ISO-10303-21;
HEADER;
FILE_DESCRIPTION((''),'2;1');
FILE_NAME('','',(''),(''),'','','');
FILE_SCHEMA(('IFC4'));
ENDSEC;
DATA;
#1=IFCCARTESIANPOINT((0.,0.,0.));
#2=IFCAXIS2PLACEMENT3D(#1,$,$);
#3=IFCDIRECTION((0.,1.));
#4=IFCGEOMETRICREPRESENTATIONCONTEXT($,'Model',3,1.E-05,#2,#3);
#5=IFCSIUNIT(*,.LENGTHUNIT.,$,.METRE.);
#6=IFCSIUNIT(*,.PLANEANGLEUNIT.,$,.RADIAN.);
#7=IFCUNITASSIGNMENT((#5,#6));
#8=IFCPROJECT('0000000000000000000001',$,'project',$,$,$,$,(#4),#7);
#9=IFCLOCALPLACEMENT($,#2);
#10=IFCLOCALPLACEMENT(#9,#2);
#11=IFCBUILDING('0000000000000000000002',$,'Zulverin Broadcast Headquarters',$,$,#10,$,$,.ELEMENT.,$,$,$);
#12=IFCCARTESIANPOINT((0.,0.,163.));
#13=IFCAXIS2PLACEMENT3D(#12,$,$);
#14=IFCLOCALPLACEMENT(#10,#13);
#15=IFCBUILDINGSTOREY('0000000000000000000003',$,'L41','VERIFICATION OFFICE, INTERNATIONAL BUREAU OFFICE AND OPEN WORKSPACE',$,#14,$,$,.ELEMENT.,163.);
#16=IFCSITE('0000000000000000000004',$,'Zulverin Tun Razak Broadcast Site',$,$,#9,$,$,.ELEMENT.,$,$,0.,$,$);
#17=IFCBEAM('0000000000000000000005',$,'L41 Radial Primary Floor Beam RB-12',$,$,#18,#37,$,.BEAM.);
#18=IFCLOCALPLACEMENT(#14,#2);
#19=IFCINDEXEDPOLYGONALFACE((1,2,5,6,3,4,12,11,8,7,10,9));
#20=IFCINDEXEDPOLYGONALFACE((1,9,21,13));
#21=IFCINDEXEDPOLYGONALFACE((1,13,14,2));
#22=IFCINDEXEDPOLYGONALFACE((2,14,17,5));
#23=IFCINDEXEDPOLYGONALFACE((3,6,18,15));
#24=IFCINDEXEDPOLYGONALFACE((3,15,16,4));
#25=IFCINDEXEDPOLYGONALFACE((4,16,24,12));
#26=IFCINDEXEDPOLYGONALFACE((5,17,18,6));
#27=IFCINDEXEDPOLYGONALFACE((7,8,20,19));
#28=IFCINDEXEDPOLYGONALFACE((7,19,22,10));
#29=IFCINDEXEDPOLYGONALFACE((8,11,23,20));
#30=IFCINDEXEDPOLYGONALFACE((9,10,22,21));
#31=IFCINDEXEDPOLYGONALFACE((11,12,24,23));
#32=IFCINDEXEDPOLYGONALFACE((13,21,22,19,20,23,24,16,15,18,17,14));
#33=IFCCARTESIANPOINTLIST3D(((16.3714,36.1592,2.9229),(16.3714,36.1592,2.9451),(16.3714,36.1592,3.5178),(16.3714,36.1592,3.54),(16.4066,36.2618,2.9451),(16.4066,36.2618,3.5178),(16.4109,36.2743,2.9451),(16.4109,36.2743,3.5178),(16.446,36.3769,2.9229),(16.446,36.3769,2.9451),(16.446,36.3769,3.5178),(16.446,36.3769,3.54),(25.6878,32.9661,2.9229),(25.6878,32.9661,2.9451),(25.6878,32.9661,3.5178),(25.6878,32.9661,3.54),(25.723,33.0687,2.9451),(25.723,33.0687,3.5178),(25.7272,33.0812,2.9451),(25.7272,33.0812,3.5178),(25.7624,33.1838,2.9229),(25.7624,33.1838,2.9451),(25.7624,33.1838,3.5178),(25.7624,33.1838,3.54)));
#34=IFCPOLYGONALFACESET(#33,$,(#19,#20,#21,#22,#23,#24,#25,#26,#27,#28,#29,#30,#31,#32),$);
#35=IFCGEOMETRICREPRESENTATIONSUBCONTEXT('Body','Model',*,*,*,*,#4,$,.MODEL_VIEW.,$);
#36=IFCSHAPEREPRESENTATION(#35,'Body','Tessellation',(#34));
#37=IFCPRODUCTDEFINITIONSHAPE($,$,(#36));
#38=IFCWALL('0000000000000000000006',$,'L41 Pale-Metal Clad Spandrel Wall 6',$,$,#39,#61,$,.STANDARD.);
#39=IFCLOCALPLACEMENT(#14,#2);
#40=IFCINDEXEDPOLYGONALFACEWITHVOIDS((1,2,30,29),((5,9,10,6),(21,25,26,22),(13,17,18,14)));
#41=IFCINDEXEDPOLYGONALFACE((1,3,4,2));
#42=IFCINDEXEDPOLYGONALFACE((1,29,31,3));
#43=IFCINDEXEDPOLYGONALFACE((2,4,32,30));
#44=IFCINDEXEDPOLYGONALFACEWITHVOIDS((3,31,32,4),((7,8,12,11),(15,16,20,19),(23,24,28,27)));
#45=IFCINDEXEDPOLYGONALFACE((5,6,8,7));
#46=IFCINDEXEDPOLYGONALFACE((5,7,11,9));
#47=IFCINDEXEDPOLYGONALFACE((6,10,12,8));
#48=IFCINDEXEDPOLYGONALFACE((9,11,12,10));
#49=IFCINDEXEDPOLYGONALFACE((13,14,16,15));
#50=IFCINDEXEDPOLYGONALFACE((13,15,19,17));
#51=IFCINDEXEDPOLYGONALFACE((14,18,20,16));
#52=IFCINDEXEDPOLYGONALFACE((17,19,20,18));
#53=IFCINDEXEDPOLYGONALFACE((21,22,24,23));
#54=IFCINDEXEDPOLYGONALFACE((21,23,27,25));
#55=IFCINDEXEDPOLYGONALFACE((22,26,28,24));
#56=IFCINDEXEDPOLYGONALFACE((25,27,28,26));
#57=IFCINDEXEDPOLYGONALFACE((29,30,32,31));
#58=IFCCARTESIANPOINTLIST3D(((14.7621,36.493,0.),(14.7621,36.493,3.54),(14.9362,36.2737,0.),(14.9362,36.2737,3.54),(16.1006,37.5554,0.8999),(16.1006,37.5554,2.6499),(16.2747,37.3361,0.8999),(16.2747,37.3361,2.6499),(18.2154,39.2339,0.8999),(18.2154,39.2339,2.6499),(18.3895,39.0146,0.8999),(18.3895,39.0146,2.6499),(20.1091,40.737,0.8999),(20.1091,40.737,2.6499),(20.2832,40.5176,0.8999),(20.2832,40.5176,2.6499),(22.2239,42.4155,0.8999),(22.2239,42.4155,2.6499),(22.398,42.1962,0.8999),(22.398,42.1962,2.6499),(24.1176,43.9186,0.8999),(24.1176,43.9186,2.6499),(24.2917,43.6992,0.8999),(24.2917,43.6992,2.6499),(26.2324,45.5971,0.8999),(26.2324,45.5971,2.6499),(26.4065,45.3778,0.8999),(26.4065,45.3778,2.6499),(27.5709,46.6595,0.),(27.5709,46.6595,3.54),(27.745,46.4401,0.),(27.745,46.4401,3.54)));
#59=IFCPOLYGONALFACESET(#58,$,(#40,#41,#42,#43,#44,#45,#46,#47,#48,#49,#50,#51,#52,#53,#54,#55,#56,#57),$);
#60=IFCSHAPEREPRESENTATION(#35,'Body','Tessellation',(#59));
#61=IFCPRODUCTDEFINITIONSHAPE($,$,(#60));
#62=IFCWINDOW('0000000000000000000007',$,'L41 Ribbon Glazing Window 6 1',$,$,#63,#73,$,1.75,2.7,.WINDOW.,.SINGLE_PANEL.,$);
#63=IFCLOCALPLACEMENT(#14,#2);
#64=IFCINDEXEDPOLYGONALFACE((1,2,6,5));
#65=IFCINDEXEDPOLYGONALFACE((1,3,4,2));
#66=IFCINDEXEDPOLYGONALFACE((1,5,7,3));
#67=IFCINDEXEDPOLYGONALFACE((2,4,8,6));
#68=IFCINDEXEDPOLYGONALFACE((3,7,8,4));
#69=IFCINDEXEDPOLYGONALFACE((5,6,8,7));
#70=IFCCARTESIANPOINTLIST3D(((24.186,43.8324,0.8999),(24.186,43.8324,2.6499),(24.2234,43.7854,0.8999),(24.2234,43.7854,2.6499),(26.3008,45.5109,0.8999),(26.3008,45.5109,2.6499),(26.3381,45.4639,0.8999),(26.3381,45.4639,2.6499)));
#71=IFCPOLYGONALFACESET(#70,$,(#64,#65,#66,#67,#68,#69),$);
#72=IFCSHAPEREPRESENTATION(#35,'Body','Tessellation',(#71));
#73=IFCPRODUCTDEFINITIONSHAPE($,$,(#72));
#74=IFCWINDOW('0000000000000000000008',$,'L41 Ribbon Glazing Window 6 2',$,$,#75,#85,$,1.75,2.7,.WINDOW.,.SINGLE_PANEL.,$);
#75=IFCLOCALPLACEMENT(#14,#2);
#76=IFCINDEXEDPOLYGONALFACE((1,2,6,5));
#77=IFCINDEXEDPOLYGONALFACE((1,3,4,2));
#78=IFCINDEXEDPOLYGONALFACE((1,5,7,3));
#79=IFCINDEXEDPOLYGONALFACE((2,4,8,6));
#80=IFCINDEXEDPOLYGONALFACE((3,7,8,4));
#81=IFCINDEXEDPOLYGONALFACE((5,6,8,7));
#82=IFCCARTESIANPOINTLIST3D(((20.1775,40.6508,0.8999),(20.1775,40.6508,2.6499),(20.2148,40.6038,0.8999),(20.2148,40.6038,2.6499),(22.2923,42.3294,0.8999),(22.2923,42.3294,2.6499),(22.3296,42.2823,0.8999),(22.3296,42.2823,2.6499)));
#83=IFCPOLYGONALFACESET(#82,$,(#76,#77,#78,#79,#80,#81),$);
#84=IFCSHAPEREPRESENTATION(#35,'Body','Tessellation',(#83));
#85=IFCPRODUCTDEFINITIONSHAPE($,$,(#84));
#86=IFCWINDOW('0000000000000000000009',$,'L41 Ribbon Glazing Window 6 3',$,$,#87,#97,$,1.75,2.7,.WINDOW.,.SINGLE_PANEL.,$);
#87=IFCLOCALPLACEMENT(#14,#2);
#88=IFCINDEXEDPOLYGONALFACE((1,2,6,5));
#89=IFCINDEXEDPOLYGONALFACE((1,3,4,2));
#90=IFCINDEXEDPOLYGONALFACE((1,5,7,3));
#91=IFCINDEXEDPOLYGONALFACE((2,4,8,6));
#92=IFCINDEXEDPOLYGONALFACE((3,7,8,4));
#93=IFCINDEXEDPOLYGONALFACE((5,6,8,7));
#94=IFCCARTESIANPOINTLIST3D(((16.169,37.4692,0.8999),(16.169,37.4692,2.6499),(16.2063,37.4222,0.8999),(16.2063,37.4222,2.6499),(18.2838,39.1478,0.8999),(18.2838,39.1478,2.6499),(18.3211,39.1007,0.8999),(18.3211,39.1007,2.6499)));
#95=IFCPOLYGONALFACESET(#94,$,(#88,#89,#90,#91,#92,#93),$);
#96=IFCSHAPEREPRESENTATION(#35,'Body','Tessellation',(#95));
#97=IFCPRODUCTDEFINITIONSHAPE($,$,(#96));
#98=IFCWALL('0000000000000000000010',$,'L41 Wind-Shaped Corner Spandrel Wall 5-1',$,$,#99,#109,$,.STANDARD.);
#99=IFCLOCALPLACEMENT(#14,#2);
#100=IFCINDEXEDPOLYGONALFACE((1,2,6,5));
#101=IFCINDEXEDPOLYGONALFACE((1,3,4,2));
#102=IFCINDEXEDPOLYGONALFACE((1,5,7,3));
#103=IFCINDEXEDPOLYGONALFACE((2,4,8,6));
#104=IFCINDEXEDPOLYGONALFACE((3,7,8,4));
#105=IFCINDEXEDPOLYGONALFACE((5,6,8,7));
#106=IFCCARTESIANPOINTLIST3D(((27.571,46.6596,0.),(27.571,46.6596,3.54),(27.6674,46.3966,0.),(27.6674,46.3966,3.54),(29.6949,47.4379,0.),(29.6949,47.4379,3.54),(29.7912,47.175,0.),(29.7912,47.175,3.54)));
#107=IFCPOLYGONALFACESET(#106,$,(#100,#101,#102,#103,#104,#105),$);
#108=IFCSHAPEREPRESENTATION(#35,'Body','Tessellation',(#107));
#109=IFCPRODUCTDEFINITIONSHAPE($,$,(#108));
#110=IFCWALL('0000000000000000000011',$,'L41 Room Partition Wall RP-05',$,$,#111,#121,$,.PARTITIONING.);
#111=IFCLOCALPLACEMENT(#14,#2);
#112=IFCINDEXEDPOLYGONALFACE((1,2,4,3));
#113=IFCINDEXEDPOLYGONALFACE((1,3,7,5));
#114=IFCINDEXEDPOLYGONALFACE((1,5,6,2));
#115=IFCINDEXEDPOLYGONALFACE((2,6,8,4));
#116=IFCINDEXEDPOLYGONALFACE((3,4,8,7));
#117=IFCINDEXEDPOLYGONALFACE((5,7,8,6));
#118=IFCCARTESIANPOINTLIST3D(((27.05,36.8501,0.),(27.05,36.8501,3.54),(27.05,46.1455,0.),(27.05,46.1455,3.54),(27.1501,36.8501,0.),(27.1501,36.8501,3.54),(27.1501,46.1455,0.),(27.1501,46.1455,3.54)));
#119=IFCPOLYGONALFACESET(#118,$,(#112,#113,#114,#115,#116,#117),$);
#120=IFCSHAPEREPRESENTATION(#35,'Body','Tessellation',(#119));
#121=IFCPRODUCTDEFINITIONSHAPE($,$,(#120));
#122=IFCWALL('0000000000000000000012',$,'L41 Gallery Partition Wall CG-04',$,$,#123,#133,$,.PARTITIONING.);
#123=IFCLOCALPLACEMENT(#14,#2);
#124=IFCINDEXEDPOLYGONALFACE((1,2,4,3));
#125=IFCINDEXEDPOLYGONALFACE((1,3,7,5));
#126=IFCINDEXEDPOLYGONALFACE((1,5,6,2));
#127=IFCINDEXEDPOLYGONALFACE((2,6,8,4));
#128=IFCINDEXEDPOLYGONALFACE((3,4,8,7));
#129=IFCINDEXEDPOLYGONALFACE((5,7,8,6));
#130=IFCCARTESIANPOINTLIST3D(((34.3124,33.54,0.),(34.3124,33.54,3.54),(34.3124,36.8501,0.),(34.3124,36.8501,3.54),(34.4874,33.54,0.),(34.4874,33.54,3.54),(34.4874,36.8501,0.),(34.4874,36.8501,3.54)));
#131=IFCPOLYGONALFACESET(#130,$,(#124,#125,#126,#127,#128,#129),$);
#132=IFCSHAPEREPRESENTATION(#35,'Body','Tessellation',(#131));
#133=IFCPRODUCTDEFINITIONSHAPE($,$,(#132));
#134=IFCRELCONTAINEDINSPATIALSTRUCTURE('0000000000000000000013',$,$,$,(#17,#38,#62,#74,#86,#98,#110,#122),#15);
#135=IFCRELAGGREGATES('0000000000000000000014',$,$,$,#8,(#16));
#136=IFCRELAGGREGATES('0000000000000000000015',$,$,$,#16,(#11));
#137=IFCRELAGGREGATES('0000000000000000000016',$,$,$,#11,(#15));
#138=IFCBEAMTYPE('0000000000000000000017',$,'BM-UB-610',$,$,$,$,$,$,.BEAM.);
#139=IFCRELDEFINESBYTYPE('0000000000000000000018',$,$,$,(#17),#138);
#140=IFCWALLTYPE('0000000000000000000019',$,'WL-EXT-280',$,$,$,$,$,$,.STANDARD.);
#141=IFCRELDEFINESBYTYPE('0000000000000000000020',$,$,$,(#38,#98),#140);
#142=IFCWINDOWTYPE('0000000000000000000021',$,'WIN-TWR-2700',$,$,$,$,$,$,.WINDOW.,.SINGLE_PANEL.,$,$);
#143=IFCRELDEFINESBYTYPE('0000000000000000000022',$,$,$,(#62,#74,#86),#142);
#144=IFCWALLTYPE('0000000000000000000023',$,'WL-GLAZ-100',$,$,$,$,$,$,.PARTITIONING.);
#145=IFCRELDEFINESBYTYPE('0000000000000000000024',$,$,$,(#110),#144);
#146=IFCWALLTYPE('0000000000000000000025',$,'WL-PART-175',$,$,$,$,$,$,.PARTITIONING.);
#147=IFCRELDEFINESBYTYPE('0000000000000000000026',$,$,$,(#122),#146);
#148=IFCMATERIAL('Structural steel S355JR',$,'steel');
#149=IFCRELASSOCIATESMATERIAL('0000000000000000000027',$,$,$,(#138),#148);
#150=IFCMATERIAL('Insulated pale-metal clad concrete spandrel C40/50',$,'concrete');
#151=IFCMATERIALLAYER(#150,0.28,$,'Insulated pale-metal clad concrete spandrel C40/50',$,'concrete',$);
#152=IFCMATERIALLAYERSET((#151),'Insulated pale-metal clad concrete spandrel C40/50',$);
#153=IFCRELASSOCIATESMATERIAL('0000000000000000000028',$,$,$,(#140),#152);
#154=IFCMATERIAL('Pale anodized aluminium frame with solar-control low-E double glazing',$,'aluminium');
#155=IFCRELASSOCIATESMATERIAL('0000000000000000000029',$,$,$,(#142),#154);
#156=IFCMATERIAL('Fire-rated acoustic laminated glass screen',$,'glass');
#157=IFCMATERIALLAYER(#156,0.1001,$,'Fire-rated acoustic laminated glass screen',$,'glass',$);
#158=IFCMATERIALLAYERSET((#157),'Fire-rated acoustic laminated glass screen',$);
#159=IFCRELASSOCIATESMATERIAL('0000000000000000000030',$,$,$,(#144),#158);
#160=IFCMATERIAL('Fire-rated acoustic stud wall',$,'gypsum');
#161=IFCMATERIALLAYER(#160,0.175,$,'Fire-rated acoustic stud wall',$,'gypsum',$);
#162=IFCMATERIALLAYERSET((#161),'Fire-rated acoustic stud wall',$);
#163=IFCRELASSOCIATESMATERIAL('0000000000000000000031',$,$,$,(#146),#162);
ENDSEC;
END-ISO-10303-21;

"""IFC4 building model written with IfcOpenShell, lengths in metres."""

from ifc_helpers import new_model, si_unit, direction, frame, frame_2d, origin, origin_2d, place, context, subcontext, project, spatial, rectangle, i_section, extrude, material, layer, layer_set, material_profile, profile_set, type_object, element, fill, save


model = new_model("IFC4")

# Units and contexts
model_context = context("Model", 3, precision=1e-05, world=origin(), true_north=direction((0.0, 1.0)))
body_context = subcontext(model_context, "Body", "Model", "MODEL_VIEW")
ifc_project = project(units=[si_unit("LENGTHUNIT", "METRE"), si_unit("PLANEANGLEUNIT", "RADIAN")], contexts=[model_context])

# Site, building, storey
site_placement = place(None, origin())
site = spatial("IfcSite", under=ifc_project, at=site_placement, Name="Zulverin Tun Razak Broadcast Site", CompositionType="ELEMENT", RefElevation=0.0)
building_placement = place(site_placement, origin())
building = spatial("IfcBuilding", under=site, at=building_placement, Name="Zulverin Broadcast Headquarters", CompositionType="ELEMENT")
storey_placement = place(building_placement, frame((0.0, 0.0, 163.0)))
storey = spatial("IfcBuildingStorey", under=building, at=storey_placement, Name="L41", Description="VERIFICATION OFFICE, INTERNATIONAL BUREAU OFFICE AND OPEN WORKSPACE", CompositionType="ELEMENT", Elevation=163.0)

# Beam
ifc_material_1 = material(Name="Structural steel S355JR", Category="steel")
ifc_material_profile_1 = material_profile(ifc_material_1, i_section(OverallWidth=0.2302, OverallDepth=0.6172, WebThickness=0.0132, FlangeThickness=0.0222, at=origin_2d()), Name="Structural steel S355JR", Category="steel")
ifc_profile_set_1 = profile_set([ifc_material_profile_1], Name="Structural steel S355JR")
beam_type_1 = type_object("IfcBeamType", Name="BM-UB-610", PredefinedType="BEAM", material=ifc_profile_set_1)
beam_1_placement = place(storey_placement, frame((25.7251, 33.075, 3.2314), z_axis=(-0.94598, 0.324226, 0.0), x_axis=(-0.324226, -0.94598, 0.0)))
element("IfcBeam", 1, at=beam_1_placement, inside=storey, type_object=beam_type_1, Name="L41 Radial Primary Floor Beam RB-12", PredefinedType="BEAM", context=body_context, shape_type="SweptSolid", body=[
    extrude(i_section(OverallWidth=0.2302, OverallDepth=0.6172, WebThickness=0.0132, FlangeThickness=0.0222, at=origin_2d()), origin(), (0.0, 0.0, 1.0), 9.8484),
])

# Wall, openings, windows
ifc_material_2 = material(Name="Insulated pale-metal clad concrete spandrel C40/50", Category="concrete")
ifc_layer_1 = layer(ifc_material_2, 0.28, Name="Insulated pale-metal clad concrete spandrel C40/50", Category="concrete")
ifc_layer_set_1 = layer_set([ifc_layer_1], Name="Insulated pale-metal clad concrete spandrel C40/50")
wall_type_1 = type_object("IfcWallType", Name="WL-EXT-280", PredefinedType="STANDARD", material=ifc_layer_set_1)
wall_1_placement = place(storey_placement, frame((27.658, 46.5498, 0.0), z_axis=(0.0, 0.0, 1.0), x_axis=(-0.783266, -0.621686, 0.0)))
wall_1 = element("IfcWall", 2, at=wall_1_placement, inside=storey, type_object=wall_type_1, Name="L41 Pale-Metal Clad Spandrel Wall 6", PredefinedType="STANDARD", context=body_context, shape_type="SweptSolid", body=[
    extrude(rectangle(XDim=16.353, YDim=0.28, at=frame_2d((8.1765, 0.0))), origin(), (0.0, 0.0, 1.0), 3.54),
])
opening_1_placement = place(wall_1_placement, frame((1.7087, 0.0, 0.8999)))
opening_1 = element("IfcOpeningElement", 3, at=opening_1_placement, cuts=wall_1, PredefinedType="OPENING", context=body_context, shape_type="SweptSolid", body=[
    extrude(rectangle(XDim=2.7, YDim=1.75, at=frame_2d((1.3501, 0.875))), frame((0.0, 0.1499, 0.0), z_axis=(0.0, -1.0, 0.0), x_axis=(1.0, 0.0, 0.0)), (0.0, 0.0, 1.0), 0.3),
])
opening_2_placement = place(wall_1_placement, frame((6.8264, 0.0, 0.8999)))
opening_2 = element("IfcOpeningElement", 4, at=opening_2_placement, cuts=wall_1, PredefinedType="OPENING", context=body_context, shape_type="SweptSolid", body=[
    extrude(rectangle(XDim=2.7, YDim=1.75, at=frame_2d((1.3501, 0.875))), frame((0.0, 0.1499, 0.0), z_axis=(0.0, -1.0, 0.0), x_axis=(1.0, 0.0, 0.0)), (0.0, 0.0, 1.0), 0.3),
])
opening_3_placement = place(wall_1_placement, frame((11.9441, 0.0, 0.8999)))
opening_3 = element("IfcOpeningElement", 5, at=opening_3_placement, cuts=wall_1, PredefinedType="OPENING", context=body_context, shape_type="SweptSolid", body=[
    extrude(rectangle(XDim=2.7, YDim=1.75, at=frame_2d((1.3501, 0.875))), frame((0.0, 0.1499, 0.0), z_axis=(0.0, -1.0, 0.0), x_axis=(1.0, 0.0, 0.0)), (0.0, 0.0, 1.0), 0.3),
])
ifc_material_3 = material(Name="Pale anodized aluminium frame with solar-control low-E double glazing", Category="aluminium")
window_type = type_object("IfcWindowType", Name="WIN-TWR-2700", PartitioningType="SINGLE_PANEL", PredefinedType="WINDOW", material=ifc_material_3)
window_1_placement = place(opening_1_placement, origin())
window_1 = element("IfcWindow", 6, at=window_1_placement, inside=storey, type_object=window_type, Name="L41 Ribbon Glazing Window 6 1", OverallHeight=1.75, OverallWidth=2.7, PartitioningType="SINGLE_PANEL", PredefinedType="WINDOW", context=body_context, shape_type="SweptSolid", body=[
    extrude(rectangle(XDim=2.7, YDim=1.75, at=frame_2d((1.3501, 0.875))), frame((0.0, 0.03, 0.0), z_axis=(0.0, -1.0, 0.0), x_axis=(1.0, 0.0, 0.0)), (0.0, 0.0, 1.0), 0.0601),
])
fill(opening_1, window_1)
window_2_placement = place(opening_2_placement, origin())
window_2 = element("IfcWindow", 7, at=window_2_placement, inside=storey, type_object=window_type, Name="L41 Ribbon Glazing Window 6 2", OverallHeight=1.75, OverallWidth=2.7, PartitioningType="SINGLE_PANEL", PredefinedType="WINDOW", context=body_context, shape_type="SweptSolid", body=[
    extrude(rectangle(XDim=2.7, YDim=1.75, at=frame_2d((1.3501, 0.875))), frame((0.0, 0.03, 0.0), z_axis=(0.0, -1.0, 0.0), x_axis=(1.0, 0.0, 0.0)), (0.0, 0.0, 1.0), 0.0601),
])
fill(opening_2, window_2)
window_3_placement = place(opening_3_placement, origin())
window_3 = element("IfcWindow", 8, at=window_3_placement, inside=storey, type_object=window_type, Name="L41 Ribbon Glazing Window 6 3", OverallHeight=1.75, OverallWidth=2.7, PartitioningType="SINGLE_PANEL", PredefinedType="WINDOW", context=body_context, shape_type="SweptSolid", body=[
    extrude(rectangle(XDim=2.7, YDim=1.75, at=frame_2d((1.3501, 0.875))), frame((0.0, 0.03, 0.0), z_axis=(0.0, -1.0, 0.0), x_axis=(1.0, 0.0, 0.0)), (0.0, 0.0, 1.0), 0.0601),
])
fill(opening_3, window_3)

# Walls
wall_2_placement = place(storey_placement, frame((29.7429, 47.3064, 0.0), z_axis=(0.0, 0.0, 1.0), x_axis=(-0.938933, -0.344099, 0.0)))
element("IfcWall", 9, at=wall_2_placement, inside=storey, type_object=wall_type_1, Name="L41 Wind-Shaped Corner Spandrel Wall 5-1", PredefinedType="STANDARD", context=body_context, shape_type="SweptSolid", body=[
    extrude(rectangle(XDim=2.262, YDim=0.28, at=frame_2d((1.1309, 0.0))), origin(), (0.0, 0.0, 1.0), 3.54),
])
ifc_material_4 = material(Name="Fire-rated acoustic laminated glass screen", Category="glass")
ifc_layer_2 = layer(ifc_material_4, 0.1001, Name="Fire-rated acoustic laminated glass screen", Category="glass")
ifc_layer_set_2 = layer_set([ifc_layer_2], Name="Fire-rated acoustic laminated glass screen")
wall_type_2 = type_object("IfcWallType", Name="WL-GLAZ-100", PredefinedType="PARTITIONING", material=ifc_layer_set_2)
wall_3_placement = place(storey_placement, frame((27.1001, 36.8501, 0.0), z_axis=(0.0, 0.0, 1.0), x_axis=(0.0, 1.0, 0.0)))
element("IfcWall", 10, at=wall_3_placement, inside=storey, type_object=wall_type_2, Name="L41 Room Partition Wall RP-05", PredefinedType="PARTITIONING", context=body_context, shape_type="SweptSolid", body=[
    extrude(rectangle(XDim=9.2954, YDim=0.1001, at=frame_2d((4.6477, 0.0))), origin(), (0.0, 0.0, 1.0), 3.54),
])
ifc_material_5 = material(Name="Fire-rated acoustic stud wall", Category="gypsum")
ifc_layer_3 = layer(ifc_material_5, 0.175, Name="Fire-rated acoustic stud wall", Category="gypsum")
ifc_layer_set_3 = layer_set([ifc_layer_3], Name="Fire-rated acoustic stud wall")
wall_type_3 = type_object("IfcWallType", Name="WL-PART-175", PredefinedType="PARTITIONING", material=ifc_layer_set_3)
wall_4_placement = place(storey_placement, frame((34.3999, 33.54, 0.0), z_axis=(0.0, 0.0, 1.0), x_axis=(0.0, 1.0, 0.0)))
element("IfcWall", 11, at=wall_4_placement, inside=storey, type_object=wall_type_3, Name="L41 Gallery Partition Wall CG-04", PredefinedType="PARTITIONING", context=body_context, shape_type="SweptSolid", body=[
    extrude(rectangle(XDim=3.3101, YDim=0.175, at=frame_2d((1.655, 0.0))), origin(), (0.0, 0.0, 1.0), 3.54),
])

save(model, "model.ifc")
